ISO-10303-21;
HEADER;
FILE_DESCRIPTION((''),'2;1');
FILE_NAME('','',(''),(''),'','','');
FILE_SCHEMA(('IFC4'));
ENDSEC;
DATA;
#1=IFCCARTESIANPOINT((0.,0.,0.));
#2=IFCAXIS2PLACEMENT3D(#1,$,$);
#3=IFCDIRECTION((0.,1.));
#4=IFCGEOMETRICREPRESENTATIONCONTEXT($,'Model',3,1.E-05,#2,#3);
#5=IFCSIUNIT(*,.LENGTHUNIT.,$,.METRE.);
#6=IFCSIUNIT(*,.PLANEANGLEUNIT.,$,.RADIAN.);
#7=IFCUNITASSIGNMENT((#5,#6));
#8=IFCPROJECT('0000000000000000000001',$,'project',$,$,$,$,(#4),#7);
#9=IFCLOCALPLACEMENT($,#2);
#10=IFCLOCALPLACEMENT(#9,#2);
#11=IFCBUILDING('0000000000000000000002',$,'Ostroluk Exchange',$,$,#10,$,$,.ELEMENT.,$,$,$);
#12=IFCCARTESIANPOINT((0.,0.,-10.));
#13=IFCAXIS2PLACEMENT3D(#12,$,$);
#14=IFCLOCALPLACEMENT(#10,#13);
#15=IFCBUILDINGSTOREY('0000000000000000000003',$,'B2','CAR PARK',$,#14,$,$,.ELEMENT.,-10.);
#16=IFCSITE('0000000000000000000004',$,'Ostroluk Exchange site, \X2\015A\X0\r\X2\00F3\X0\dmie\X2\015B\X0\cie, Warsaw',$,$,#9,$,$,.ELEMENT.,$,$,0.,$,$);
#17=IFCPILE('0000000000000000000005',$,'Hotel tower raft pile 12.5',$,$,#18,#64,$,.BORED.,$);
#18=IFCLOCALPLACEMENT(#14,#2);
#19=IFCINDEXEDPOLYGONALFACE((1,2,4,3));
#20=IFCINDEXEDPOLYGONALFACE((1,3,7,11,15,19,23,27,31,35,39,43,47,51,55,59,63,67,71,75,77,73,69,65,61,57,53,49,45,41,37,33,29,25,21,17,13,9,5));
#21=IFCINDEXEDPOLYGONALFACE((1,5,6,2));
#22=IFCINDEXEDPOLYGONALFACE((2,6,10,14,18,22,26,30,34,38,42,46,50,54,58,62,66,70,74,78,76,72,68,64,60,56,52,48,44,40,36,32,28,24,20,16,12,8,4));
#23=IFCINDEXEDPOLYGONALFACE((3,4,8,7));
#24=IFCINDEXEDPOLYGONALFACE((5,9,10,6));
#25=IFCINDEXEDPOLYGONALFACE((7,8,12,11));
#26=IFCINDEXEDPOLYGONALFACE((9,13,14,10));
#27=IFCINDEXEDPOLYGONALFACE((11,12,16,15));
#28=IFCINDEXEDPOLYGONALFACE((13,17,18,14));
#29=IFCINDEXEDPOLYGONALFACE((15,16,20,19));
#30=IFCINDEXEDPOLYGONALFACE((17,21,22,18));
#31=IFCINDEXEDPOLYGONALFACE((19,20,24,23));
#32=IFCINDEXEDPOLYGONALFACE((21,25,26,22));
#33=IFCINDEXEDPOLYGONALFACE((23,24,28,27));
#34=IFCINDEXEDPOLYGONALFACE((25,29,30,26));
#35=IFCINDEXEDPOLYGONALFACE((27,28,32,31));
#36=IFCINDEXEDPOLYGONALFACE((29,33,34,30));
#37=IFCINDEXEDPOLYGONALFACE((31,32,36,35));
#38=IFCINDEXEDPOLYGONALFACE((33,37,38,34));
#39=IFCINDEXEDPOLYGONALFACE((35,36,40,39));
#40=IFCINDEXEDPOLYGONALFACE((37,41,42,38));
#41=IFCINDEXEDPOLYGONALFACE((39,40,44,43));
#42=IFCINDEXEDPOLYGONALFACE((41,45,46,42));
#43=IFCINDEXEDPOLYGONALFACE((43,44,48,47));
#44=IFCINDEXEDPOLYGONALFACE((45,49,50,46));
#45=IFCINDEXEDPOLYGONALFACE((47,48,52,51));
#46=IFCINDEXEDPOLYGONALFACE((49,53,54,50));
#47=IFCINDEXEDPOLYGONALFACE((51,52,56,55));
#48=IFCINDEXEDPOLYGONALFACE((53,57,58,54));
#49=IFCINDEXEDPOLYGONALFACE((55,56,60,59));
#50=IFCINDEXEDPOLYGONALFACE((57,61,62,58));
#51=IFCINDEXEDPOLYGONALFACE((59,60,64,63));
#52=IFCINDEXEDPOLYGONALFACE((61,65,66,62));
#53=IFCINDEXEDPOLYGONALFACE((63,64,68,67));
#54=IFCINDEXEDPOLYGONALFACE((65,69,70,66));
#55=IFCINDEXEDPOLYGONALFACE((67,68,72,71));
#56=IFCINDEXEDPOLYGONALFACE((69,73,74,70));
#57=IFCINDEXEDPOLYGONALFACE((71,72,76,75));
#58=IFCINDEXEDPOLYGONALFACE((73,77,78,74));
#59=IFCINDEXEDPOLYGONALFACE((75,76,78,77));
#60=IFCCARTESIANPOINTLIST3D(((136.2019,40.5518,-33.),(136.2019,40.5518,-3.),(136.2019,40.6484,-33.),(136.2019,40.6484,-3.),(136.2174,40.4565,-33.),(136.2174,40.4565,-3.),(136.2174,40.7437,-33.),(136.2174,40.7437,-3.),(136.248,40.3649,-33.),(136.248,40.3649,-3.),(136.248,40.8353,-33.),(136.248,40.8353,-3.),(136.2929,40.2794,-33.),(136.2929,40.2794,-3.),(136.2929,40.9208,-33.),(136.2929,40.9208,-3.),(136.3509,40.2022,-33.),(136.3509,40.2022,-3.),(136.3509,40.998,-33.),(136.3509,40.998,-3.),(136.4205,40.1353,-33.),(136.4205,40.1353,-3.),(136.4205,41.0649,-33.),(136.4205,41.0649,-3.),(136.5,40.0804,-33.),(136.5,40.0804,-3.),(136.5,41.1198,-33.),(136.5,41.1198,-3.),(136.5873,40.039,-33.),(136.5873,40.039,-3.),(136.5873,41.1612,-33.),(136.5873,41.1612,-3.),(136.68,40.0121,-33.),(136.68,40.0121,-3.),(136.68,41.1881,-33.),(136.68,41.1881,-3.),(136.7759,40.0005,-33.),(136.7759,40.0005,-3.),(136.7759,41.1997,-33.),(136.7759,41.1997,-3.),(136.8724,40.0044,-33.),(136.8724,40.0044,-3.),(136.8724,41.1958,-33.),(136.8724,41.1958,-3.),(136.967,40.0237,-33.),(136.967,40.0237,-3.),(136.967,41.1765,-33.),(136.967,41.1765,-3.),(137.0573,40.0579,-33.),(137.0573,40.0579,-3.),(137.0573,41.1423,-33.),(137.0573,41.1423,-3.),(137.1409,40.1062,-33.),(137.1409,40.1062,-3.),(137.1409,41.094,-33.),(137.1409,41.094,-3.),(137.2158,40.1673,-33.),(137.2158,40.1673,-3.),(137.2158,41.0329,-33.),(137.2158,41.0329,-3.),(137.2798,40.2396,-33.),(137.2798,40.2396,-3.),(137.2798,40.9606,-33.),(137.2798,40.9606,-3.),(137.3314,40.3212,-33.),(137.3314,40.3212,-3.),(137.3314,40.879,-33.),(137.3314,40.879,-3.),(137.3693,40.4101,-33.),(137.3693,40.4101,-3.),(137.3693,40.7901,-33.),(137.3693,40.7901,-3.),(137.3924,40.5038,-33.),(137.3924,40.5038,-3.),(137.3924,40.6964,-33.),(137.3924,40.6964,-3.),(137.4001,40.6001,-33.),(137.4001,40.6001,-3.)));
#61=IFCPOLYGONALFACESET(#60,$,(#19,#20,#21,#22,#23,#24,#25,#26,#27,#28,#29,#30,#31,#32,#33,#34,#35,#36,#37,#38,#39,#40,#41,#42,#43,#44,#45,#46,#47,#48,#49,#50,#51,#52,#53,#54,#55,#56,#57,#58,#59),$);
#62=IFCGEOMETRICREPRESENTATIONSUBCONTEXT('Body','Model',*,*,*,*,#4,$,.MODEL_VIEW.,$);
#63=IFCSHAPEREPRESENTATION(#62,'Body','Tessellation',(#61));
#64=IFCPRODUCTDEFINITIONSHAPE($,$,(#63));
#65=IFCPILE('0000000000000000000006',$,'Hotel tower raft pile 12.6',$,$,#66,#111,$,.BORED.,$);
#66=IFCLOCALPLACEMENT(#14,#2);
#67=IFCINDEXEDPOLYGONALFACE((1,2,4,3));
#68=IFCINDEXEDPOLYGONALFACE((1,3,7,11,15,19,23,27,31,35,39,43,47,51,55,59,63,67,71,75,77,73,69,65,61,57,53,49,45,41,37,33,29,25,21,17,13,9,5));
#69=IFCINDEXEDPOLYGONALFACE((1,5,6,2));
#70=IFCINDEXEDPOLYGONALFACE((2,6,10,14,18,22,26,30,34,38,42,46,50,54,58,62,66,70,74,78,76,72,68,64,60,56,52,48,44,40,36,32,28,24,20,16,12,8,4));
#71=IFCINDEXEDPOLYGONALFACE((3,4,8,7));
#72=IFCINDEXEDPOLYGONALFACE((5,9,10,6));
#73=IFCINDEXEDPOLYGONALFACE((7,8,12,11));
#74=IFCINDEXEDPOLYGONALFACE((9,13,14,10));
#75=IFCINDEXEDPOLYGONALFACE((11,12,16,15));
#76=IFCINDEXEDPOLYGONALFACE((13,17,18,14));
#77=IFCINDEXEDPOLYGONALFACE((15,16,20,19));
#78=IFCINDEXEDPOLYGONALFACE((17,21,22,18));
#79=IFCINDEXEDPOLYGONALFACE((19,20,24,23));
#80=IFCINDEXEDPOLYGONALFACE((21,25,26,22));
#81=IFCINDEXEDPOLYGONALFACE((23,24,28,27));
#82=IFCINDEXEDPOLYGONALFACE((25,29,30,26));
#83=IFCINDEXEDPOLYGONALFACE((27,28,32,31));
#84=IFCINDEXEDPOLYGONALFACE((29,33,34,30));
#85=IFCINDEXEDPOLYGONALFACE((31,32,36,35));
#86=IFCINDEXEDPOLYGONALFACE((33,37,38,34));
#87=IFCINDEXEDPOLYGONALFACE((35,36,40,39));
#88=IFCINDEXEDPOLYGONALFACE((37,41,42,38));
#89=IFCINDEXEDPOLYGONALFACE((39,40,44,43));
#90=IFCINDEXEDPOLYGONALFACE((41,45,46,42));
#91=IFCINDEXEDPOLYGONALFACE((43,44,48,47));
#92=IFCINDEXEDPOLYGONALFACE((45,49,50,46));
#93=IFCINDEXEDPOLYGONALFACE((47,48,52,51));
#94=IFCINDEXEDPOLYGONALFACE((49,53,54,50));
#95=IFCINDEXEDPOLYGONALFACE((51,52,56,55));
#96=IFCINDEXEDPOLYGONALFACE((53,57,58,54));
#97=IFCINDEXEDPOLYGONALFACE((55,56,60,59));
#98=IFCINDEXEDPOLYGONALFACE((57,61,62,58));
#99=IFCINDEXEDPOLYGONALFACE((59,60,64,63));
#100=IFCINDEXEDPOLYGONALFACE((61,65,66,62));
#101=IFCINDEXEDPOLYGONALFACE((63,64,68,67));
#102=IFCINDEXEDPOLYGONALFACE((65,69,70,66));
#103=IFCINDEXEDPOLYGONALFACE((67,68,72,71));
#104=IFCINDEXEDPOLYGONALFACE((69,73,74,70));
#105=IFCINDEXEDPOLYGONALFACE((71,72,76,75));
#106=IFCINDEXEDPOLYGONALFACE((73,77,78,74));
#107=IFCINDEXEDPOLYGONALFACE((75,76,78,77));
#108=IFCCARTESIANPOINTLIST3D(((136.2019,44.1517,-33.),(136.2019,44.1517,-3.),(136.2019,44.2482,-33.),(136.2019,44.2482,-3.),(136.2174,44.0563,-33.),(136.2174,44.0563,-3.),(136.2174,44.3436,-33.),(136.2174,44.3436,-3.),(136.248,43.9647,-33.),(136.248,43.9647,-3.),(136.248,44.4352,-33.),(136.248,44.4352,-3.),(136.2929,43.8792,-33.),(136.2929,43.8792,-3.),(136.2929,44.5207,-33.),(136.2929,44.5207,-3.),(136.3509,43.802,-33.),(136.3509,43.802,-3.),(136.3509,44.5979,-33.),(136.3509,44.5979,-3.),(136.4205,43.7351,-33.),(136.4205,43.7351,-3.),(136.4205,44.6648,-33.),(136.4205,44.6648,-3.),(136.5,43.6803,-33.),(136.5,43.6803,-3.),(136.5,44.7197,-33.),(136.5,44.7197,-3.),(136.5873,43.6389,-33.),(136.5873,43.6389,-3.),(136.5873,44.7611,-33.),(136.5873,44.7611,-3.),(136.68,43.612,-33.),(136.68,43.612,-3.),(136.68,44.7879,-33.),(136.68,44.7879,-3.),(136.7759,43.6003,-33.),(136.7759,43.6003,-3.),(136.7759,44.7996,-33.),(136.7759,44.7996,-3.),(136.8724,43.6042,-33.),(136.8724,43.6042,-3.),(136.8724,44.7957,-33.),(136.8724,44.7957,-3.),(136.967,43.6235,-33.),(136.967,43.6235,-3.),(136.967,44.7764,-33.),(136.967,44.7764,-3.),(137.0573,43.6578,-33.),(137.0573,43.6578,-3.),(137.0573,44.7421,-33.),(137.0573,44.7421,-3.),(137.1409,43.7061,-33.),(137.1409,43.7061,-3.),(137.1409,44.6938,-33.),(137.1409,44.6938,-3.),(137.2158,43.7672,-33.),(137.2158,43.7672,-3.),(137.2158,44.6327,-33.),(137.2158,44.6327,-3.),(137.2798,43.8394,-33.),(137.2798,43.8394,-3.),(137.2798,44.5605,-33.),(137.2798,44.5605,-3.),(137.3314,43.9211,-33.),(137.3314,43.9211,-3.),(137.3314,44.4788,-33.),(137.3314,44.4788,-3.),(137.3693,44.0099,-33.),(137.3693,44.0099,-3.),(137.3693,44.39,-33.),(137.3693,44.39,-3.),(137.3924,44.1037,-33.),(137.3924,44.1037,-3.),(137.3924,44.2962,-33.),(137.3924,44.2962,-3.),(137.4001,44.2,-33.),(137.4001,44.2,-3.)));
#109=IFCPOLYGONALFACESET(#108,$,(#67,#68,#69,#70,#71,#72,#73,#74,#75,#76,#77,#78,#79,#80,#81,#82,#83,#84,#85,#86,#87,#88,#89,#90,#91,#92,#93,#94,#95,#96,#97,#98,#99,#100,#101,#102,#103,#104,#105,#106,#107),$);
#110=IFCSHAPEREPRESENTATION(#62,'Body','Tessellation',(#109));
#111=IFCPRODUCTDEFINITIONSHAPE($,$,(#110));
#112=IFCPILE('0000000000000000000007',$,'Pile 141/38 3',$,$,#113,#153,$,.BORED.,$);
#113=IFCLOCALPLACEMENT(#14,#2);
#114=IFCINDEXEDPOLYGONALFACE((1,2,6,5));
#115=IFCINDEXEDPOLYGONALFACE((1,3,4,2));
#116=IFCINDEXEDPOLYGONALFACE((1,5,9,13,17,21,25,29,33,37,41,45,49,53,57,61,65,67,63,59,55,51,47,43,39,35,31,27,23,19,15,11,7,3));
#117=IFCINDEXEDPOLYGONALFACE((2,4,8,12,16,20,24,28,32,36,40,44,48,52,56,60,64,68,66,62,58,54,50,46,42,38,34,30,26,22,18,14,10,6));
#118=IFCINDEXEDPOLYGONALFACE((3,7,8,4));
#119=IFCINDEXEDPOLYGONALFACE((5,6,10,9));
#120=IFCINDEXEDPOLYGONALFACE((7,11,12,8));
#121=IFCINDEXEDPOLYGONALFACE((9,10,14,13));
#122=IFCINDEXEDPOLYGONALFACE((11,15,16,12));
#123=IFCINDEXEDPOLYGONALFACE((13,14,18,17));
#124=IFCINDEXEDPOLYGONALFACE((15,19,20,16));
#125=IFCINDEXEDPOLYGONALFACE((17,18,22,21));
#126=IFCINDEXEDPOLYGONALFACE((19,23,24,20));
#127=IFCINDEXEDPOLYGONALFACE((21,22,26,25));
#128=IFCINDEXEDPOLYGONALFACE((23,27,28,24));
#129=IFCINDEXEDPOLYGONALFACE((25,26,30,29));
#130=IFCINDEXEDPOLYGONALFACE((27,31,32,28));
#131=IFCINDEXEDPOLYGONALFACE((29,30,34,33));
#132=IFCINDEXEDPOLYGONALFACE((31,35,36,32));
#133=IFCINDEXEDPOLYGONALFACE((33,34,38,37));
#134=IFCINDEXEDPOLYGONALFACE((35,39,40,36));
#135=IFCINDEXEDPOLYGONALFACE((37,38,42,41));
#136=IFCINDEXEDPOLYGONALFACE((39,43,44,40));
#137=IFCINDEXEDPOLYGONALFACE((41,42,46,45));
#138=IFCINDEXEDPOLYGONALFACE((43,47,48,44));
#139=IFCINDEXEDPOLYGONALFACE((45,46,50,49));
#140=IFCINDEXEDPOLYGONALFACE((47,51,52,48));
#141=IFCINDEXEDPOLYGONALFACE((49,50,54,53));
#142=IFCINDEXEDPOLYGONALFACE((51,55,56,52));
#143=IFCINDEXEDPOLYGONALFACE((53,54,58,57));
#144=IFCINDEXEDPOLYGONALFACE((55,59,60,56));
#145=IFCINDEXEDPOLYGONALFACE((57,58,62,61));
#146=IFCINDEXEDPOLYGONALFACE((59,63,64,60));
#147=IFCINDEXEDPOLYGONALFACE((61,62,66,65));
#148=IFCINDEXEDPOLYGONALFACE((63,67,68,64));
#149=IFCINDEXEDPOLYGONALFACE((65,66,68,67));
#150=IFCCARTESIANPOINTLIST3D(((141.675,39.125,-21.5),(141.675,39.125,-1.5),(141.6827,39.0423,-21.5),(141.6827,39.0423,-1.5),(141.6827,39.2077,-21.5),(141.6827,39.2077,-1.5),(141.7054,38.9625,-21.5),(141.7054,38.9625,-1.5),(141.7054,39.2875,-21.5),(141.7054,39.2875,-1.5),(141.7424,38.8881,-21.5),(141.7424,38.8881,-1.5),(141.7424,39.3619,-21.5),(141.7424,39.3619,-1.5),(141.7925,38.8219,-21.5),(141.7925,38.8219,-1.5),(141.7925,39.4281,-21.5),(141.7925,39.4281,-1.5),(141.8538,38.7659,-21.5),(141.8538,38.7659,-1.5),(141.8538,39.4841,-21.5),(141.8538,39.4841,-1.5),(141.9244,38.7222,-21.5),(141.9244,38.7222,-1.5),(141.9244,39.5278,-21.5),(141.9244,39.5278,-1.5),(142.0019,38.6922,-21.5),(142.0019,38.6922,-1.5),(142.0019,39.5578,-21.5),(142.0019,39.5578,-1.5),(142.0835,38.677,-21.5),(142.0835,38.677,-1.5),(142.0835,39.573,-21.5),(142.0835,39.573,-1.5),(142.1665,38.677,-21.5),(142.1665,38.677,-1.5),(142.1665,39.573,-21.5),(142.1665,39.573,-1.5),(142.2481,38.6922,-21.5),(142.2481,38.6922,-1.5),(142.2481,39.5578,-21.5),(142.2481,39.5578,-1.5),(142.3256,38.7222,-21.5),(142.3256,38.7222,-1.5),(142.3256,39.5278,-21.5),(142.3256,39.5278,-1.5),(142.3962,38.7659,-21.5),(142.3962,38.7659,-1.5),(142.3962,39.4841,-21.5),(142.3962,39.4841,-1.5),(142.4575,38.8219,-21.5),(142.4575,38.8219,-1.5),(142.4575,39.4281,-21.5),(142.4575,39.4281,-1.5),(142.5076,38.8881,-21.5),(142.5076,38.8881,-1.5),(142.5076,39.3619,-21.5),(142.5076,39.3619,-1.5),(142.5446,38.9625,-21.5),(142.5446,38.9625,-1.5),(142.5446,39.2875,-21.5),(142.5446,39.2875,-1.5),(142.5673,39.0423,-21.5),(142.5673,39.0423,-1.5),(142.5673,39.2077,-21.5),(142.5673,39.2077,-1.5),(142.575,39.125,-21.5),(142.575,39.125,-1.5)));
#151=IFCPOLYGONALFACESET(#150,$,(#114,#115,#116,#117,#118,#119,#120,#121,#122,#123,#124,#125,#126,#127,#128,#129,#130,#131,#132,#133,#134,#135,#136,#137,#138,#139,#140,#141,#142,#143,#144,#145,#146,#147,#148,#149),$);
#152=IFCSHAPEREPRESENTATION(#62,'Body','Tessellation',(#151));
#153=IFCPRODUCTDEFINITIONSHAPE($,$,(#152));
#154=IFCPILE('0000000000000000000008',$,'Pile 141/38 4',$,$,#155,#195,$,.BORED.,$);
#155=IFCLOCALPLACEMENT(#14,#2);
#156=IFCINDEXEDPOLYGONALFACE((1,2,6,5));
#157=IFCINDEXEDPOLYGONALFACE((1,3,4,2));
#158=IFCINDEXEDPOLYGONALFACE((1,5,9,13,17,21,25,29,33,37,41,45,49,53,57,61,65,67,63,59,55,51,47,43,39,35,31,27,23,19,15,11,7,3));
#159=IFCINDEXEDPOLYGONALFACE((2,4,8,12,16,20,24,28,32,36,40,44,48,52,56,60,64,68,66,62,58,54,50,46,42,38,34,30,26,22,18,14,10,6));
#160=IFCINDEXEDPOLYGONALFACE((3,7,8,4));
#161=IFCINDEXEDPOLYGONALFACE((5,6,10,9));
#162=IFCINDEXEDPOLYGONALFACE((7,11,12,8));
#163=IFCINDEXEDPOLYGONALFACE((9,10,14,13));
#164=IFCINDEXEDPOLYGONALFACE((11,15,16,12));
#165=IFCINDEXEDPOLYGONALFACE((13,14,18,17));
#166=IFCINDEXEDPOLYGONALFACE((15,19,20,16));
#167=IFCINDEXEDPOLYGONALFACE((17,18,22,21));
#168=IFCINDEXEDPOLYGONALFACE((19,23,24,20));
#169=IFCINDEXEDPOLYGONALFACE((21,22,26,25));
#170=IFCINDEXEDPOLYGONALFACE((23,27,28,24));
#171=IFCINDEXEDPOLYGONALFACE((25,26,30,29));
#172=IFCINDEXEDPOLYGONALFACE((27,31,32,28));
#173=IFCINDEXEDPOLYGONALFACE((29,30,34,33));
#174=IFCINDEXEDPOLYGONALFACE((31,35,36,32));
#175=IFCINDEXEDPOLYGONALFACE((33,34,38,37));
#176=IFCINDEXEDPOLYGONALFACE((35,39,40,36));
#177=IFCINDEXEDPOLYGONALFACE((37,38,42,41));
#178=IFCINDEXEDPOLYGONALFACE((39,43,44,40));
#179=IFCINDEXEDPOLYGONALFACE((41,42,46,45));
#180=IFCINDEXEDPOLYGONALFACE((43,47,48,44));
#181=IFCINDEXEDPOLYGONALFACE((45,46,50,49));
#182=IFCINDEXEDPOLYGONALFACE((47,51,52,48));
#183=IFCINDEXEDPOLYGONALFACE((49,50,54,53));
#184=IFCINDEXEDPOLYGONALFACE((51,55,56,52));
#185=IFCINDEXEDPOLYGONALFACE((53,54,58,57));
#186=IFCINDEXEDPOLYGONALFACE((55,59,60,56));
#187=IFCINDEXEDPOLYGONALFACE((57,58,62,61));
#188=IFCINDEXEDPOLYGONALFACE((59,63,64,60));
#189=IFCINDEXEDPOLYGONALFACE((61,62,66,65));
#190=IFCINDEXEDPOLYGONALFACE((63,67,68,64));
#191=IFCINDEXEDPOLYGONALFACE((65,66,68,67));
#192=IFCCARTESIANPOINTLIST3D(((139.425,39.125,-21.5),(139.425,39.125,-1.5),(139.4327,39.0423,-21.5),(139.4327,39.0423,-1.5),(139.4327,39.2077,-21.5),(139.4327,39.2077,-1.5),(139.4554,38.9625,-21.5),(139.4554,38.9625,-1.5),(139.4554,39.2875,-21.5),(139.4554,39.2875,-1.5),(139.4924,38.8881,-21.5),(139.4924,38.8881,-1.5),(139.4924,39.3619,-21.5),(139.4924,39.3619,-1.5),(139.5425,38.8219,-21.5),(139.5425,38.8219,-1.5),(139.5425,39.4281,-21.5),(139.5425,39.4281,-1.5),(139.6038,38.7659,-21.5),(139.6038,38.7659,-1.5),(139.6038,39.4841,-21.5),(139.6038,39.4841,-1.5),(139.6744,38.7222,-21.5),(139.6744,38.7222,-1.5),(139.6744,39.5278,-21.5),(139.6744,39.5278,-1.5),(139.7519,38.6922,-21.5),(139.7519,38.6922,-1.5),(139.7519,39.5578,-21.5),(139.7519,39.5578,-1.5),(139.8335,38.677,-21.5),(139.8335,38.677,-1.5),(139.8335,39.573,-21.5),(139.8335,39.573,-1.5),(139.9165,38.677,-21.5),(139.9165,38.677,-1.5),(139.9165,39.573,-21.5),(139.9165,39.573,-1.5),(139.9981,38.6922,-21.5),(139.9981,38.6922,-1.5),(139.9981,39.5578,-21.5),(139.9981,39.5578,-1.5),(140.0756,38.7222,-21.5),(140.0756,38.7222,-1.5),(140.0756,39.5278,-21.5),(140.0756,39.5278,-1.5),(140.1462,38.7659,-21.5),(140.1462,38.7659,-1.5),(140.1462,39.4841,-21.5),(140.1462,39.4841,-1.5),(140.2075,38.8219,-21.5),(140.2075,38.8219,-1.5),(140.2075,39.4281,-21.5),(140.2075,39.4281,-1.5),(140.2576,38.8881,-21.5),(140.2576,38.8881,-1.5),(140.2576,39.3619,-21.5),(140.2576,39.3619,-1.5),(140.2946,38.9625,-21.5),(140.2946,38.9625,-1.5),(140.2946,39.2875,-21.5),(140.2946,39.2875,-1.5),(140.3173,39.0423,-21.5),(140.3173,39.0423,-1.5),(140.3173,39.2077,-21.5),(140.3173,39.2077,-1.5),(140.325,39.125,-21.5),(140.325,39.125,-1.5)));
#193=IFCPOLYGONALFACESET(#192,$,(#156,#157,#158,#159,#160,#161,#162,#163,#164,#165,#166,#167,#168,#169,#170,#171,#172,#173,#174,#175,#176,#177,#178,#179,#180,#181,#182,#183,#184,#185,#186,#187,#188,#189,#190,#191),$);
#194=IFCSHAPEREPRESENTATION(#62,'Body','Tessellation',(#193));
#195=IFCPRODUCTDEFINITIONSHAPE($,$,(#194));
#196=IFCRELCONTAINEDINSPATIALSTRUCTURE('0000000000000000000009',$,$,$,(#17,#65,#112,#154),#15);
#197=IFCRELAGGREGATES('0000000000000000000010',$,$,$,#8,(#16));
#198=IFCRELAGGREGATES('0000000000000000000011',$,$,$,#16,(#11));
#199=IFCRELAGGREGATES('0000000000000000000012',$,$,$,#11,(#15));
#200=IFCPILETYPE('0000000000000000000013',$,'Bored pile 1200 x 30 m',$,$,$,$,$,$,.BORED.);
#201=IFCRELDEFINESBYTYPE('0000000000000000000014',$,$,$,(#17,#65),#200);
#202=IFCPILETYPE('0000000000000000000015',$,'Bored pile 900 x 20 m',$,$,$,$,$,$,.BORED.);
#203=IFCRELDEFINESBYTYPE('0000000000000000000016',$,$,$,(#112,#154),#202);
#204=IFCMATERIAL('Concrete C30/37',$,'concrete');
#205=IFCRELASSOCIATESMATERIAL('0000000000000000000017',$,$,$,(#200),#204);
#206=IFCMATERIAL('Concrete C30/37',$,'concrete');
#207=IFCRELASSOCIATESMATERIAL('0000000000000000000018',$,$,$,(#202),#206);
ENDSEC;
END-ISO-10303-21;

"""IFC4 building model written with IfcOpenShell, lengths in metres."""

from ifc_helpers import new_model, si_unit, direction, frame, origin, origin_2d, place, context, subcontext, project, spatial, circle, extrude, material, type_object, element, save


model = new_model("IFC4")

# Units and contexts
model_context = context("Model", 3, precision=1e-05, world=origin(), true_north=direction((0.0, 1.0)))
body_context = subcontext(model_context, "Body", "Model", "MODEL_VIEW")
ifc_project = project(units=[si_unit("LENGTHUNIT", "METRE"), si_unit("PLANEANGLEUNIT", "RADIAN")], contexts=[model_context])

# Site, building, storey
site_placement = place(None, origin())
site = spatial("IfcSite", under=ifc_project, at=site_placement, Name="Ostroluk Exchange site, Śródmieście, Warsaw", CompositionType="ELEMENT", RefElevation=0.0)
building_placement = place(site_placement, origin())
building = spatial("IfcBuilding", under=site, at=building_placement, Name="Ostroluk Exchange", CompositionType="ELEMENT")
storey_placement = place(building_placement, frame((0.0, 0.0, -10.0)))
storey = spatial("IfcBuildingStorey", under=building, at=storey_placement, Name="B2", Description="CAR PARK", CompositionType="ELEMENT", Elevation=-10.0)

# Piles
ifc_material_1 = material(Name="Concrete C30/37", Category="concrete")
pile_type_1 = type_object("IfcPileType", Name="Bored pile 1200 x 30 m", PredefinedType="BORED", material=ifc_material_1)
for number, where, z_axis, x_axis, name in (
    (1, (136.8, 40.6001, -3.0), (0.0, 0.0, -1.0), (1.0, 0.0, 0.0), "Hotel tower raft pile 12.5"),
    (2, (136.8, 44.2, -3.0), (0.0, 0.0, -1.0), (1.0, 0.0, 0.0), "Hotel tower raft pile 12.6"),
):
    element("IfcPile", number, at=place(storey_placement, frame(where, z_axis=z_axis, x_axis=x_axis)), inside=storey, type_object=pile_type_1, Name=name, PredefinedType="BORED", context=body_context, shape_type="SweptSolid", body=[
        extrude(circle(Radius=0.6001, at=origin_2d()), origin(), (0.0, 0.0, 1.0), 30.0),
    ])
ifc_material_2 = material(Name="Concrete C30/37", Category="concrete")
pile_type_2 = type_object("IfcPileType", Name="Bored pile 900 x 20 m", PredefinedType="BORED", material=ifc_material_2)
for number, where, z_axis, x_axis, name in (
    (3, (142.125, 39.125, -1.5), (0.0, 0.0, -1.0), (1.0, 0.0, 0.0), "Pile 141/38 3"),
    (4, (139.875, 39.125, -1.5), (0.0, 0.0, -1.0), (1.0, 0.0, 0.0), "Pile 141/38 4"),
):
    element("IfcPile", number, at=place(storey_placement, frame(where, z_axis=z_axis, x_axis=x_axis)), inside=storey, type_object=pile_type_2, Name=name, PredefinedType="BORED", context=body_context, shape_type="SweptSolid", body=[
        extrude(circle(Radius=0.45, at=origin_2d()), origin(), (0.0, 0.0, 1.0), 20.0),
    ])

save(model, "model.ifc")
